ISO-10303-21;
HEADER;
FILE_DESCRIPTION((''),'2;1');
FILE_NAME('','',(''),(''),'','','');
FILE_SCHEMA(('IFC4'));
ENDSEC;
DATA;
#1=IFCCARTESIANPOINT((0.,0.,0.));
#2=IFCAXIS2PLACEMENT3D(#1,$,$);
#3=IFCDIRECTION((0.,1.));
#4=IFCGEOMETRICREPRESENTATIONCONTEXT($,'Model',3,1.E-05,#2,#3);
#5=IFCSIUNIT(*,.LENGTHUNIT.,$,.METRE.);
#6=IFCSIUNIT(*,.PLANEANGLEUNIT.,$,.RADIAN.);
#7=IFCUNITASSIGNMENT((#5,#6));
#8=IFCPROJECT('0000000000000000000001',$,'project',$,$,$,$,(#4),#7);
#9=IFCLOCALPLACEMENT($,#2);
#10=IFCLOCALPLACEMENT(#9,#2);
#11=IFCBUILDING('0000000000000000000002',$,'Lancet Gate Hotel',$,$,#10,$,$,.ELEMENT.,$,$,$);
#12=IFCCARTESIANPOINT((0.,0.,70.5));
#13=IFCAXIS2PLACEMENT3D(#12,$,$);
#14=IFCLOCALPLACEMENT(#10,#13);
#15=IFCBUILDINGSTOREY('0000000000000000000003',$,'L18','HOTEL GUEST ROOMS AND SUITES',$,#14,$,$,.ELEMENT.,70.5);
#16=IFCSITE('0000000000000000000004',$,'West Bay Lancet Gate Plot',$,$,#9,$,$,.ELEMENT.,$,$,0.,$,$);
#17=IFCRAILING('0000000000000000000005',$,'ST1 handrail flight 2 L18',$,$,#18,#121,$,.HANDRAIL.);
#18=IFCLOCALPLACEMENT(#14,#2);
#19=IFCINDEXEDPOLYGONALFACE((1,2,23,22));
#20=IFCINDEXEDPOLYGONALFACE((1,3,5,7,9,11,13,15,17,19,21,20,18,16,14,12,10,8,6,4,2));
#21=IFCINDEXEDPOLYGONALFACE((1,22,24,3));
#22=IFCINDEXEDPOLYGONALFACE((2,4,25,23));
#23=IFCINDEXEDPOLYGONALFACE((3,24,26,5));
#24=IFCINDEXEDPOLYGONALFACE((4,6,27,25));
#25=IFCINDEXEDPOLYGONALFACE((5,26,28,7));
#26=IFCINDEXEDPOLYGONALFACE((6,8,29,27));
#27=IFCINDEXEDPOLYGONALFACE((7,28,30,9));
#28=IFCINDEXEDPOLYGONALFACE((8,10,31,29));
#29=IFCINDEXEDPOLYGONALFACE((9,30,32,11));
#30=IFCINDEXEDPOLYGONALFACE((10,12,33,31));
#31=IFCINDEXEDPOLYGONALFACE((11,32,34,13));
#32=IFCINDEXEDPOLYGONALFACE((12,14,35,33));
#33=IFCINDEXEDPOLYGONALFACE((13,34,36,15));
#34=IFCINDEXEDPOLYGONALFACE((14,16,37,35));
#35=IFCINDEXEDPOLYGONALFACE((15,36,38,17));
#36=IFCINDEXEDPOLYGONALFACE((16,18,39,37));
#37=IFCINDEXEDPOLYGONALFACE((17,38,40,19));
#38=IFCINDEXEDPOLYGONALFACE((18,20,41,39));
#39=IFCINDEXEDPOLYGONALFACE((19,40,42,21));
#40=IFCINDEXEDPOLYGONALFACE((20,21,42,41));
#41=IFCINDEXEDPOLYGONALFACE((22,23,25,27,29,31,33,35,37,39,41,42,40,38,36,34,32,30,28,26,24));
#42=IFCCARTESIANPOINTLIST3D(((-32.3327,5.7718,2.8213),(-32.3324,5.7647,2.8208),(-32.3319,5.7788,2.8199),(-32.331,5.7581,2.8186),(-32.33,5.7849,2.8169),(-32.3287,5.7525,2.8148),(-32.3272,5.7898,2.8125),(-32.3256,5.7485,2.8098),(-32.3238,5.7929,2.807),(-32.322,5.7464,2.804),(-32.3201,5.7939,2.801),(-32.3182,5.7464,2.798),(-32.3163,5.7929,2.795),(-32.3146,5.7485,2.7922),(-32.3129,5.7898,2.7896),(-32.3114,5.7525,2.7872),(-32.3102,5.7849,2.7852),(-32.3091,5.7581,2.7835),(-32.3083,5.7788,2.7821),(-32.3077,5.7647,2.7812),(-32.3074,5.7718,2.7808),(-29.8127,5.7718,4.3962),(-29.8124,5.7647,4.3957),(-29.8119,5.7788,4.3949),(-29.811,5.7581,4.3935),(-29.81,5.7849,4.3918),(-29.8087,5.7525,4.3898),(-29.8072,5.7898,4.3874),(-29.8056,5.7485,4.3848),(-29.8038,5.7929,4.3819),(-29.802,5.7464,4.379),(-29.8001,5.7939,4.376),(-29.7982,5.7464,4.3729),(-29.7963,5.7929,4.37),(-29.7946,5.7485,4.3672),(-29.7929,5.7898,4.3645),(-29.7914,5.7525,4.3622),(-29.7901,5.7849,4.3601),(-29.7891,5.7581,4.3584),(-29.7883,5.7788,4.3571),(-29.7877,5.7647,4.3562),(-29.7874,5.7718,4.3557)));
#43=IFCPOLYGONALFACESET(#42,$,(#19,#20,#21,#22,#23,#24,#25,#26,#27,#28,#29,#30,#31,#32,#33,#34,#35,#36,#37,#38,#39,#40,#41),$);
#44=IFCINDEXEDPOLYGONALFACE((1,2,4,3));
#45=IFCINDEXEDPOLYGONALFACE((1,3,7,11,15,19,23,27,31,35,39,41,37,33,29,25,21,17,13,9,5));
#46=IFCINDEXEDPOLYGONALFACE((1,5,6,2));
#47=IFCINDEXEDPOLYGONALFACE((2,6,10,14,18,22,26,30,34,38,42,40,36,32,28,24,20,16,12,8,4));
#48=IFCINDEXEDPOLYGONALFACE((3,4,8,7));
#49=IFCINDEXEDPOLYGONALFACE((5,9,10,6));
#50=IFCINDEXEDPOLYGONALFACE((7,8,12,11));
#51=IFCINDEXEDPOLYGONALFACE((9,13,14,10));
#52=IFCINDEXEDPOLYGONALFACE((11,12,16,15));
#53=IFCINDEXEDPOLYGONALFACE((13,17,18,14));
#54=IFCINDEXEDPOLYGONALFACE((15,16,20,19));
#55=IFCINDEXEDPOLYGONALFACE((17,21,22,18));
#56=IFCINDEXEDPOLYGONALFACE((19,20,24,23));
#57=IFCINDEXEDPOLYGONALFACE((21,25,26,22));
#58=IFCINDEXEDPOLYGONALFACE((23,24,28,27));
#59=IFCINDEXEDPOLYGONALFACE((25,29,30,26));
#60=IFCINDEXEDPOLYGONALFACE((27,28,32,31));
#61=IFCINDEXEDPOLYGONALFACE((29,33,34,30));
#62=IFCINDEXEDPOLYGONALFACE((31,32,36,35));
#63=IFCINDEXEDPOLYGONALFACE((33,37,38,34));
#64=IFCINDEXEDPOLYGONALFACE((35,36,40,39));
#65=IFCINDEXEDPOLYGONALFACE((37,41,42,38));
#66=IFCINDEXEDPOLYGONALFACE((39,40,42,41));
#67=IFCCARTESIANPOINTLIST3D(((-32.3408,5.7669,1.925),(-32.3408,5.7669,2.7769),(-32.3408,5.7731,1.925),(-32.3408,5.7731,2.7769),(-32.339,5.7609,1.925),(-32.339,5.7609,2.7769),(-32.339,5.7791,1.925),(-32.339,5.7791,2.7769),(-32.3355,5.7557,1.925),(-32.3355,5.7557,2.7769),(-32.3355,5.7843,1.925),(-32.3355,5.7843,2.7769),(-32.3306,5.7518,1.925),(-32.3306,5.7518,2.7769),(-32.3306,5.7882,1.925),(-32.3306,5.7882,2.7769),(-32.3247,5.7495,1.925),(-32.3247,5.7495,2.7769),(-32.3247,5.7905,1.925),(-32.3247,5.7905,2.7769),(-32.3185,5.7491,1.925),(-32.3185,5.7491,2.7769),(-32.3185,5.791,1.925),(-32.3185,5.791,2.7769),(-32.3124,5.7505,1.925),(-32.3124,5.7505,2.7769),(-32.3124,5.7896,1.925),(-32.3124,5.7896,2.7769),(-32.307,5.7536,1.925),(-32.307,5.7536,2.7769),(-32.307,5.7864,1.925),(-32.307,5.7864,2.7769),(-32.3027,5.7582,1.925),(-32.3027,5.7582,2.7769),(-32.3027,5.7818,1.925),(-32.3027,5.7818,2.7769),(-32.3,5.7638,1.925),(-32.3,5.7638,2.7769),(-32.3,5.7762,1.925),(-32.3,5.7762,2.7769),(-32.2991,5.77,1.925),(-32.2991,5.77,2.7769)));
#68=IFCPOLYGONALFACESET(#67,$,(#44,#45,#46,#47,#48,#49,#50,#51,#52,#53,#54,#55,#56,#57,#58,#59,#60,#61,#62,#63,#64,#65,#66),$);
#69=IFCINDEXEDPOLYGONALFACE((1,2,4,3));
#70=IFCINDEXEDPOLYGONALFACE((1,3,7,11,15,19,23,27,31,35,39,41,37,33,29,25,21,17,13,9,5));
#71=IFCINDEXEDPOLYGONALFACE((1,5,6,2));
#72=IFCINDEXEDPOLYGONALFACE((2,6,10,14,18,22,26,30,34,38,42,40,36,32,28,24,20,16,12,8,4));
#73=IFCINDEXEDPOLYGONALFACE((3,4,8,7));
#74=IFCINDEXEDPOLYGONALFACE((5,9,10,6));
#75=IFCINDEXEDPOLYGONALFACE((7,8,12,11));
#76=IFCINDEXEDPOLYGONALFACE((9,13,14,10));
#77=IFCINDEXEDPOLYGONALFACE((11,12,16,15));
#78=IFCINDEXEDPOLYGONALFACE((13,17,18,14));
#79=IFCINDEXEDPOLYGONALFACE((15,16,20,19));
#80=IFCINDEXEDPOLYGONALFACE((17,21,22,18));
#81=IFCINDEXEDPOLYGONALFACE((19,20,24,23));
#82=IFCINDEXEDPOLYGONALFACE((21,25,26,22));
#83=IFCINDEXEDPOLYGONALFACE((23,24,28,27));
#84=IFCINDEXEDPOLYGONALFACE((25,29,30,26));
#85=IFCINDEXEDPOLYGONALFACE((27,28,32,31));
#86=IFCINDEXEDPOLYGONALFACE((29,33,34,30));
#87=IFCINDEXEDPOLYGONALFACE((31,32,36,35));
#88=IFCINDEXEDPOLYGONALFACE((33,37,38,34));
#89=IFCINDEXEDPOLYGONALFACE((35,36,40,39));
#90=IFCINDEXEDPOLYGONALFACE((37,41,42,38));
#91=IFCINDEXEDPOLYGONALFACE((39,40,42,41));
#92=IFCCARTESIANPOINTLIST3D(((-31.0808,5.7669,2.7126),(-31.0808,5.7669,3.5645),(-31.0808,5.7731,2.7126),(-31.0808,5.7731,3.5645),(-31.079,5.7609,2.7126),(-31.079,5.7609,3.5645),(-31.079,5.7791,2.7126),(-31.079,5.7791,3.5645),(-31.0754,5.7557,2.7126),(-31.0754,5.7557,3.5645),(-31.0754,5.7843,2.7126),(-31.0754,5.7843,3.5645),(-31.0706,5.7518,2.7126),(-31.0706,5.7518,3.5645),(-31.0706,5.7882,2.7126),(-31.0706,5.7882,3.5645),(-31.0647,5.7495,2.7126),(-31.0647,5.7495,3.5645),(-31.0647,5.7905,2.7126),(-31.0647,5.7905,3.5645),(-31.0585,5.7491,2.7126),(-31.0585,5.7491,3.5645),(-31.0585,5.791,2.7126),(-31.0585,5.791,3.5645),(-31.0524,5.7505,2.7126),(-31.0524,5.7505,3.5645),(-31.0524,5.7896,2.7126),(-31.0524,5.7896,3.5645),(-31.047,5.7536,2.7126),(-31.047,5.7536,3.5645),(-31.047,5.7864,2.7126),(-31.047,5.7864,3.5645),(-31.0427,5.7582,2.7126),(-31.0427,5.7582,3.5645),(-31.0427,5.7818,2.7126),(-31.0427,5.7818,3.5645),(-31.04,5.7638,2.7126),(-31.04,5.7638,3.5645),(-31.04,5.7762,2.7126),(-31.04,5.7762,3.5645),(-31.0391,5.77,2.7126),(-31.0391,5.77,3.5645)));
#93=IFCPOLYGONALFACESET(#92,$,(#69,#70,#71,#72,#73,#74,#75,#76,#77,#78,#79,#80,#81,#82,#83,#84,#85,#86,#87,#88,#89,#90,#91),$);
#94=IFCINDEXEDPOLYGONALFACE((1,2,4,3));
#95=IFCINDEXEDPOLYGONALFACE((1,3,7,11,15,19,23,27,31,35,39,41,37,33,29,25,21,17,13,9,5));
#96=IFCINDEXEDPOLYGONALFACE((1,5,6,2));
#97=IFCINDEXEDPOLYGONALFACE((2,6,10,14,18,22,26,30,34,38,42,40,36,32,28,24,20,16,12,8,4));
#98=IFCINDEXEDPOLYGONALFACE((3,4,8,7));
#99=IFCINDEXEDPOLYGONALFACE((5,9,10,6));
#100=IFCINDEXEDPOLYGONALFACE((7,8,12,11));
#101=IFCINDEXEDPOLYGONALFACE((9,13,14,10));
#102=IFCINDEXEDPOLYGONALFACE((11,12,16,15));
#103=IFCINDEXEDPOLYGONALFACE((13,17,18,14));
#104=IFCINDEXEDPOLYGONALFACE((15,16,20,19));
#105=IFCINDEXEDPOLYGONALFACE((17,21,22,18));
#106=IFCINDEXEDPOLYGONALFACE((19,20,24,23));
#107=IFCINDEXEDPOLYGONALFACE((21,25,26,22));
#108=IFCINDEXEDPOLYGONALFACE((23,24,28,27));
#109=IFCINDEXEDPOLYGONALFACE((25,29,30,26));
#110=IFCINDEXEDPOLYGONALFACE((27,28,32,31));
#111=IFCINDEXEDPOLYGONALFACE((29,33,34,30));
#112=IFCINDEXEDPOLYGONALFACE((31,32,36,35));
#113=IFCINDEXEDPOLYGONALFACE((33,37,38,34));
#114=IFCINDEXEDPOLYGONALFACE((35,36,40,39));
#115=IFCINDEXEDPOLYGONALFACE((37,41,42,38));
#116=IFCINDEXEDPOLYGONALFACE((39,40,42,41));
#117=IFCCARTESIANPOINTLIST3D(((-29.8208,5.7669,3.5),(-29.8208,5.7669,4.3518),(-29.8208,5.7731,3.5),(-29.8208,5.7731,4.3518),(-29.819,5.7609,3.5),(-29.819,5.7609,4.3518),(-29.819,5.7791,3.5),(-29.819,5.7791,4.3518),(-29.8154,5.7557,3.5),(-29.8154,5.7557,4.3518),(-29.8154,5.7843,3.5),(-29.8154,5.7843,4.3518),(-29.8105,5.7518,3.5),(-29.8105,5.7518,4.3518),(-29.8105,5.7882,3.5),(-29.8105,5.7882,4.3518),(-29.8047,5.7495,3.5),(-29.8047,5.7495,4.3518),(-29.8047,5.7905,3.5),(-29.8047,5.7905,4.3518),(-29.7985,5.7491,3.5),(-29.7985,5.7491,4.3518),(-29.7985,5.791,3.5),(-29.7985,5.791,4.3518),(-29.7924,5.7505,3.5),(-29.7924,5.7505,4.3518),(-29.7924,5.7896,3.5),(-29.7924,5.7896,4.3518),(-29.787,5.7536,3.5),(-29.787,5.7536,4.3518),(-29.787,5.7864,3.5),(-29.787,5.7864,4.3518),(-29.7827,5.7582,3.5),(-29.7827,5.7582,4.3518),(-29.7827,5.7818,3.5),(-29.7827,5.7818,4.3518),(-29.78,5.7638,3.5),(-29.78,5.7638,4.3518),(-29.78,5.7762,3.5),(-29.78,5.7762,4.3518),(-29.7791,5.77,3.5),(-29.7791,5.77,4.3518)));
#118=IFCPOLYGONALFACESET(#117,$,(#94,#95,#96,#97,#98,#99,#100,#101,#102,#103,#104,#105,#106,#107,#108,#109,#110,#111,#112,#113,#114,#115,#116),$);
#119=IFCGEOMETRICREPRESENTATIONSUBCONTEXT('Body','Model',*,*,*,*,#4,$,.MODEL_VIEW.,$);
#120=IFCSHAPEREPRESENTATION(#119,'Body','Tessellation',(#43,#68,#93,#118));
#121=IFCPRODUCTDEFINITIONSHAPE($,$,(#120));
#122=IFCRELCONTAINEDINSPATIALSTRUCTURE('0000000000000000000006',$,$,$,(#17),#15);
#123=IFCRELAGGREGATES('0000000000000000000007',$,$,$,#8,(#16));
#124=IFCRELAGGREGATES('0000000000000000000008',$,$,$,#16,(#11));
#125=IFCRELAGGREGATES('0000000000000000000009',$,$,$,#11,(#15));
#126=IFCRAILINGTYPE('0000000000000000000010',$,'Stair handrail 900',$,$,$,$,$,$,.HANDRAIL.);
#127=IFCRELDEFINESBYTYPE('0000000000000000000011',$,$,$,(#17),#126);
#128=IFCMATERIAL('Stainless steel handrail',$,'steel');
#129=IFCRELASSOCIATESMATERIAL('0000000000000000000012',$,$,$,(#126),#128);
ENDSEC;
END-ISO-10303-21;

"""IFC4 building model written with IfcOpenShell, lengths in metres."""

from ifc_helpers import new_model, si_unit, direction, frame, origin, origin_2d, place, context, subcontext, project, spatial, circle, extrude, material, type_object, element, save


model = new_model("IFC4")

# Units and contexts
model_context = context("Model", 3, precision=1e-05, world=origin(), true_north=direction((0.0, 1.0)))
body_context = subcontext(model_context, "Body", "Model", "MODEL_VIEW")
ifc_project = project(units=[si_unit("LENGTHUNIT", "METRE"), si_unit("PLANEANGLEUNIT", "RADIAN")], contexts=[model_context])

# Site, building, storey
site_placement = place(None, origin())
site = spatial("IfcSite", under=ifc_project, at=site_placement, Name="West Bay Lancet Gate Plot", CompositionType="ELEMENT", RefElevation=0.0)
building_placement = place(site_placement, origin())
building = spatial("IfcBuilding", under=site, at=building_placement, Name="Lancet Gate Hotel", CompositionType="ELEMENT")
storey_placement = place(building_placement, frame((0.0, 0.0, 70.5)))
storey = spatial("IfcBuildingStorey", under=building, at=storey_placement, Name="L18", Description="HOTEL GUEST ROOMS AND SUITES", CompositionType="ELEMENT", Elevation=70.5)

# Railing
ifc_material_1 = material(Name="Stainless steel handrail", Category="steel")
railing_type = type_object("IfcRailingType", Name="Stair handrail 900", PredefinedType="HANDRAIL", material=ifc_material_1)
railing_1_placement = place(storey_placement, frame((-32.3201, 5.77, 1.925)))
element("IfcRailing", 1, at=railing_1_placement, inside=storey, type_object=railing_type, Name="ST1 handrail flight 2 L18", PredefinedType="HANDRAIL", context=body_context, shape_type="SweptSolid", body=[
    extrude(circle(Radius=0.0239, at=origin_2d()), frame((0.0, 0.0, 0.876), z_axis=(0.848008, 0.0, 0.529984), x_axis=(0.0, 1.0, 0.0)), (0.0, 0.0, 1.0), 2.9717),
    extrude(circle(Radius=0.021, at=origin_2d()), origin(), (0.0, 0.0, 1.0), 0.8518),
    extrude(circle(Radius=0.021, at=origin_2d()), frame((1.26, 0.0, 0.7876)), (0.0, 0.0, 1.0), 0.8518),
    extrude(circle(Radius=0.021, at=origin_2d()), frame((2.52, 0.0, 1.575)), (0.0, 0.0, 1.0), 0.8518),
])

save(model, "model.ifc")
